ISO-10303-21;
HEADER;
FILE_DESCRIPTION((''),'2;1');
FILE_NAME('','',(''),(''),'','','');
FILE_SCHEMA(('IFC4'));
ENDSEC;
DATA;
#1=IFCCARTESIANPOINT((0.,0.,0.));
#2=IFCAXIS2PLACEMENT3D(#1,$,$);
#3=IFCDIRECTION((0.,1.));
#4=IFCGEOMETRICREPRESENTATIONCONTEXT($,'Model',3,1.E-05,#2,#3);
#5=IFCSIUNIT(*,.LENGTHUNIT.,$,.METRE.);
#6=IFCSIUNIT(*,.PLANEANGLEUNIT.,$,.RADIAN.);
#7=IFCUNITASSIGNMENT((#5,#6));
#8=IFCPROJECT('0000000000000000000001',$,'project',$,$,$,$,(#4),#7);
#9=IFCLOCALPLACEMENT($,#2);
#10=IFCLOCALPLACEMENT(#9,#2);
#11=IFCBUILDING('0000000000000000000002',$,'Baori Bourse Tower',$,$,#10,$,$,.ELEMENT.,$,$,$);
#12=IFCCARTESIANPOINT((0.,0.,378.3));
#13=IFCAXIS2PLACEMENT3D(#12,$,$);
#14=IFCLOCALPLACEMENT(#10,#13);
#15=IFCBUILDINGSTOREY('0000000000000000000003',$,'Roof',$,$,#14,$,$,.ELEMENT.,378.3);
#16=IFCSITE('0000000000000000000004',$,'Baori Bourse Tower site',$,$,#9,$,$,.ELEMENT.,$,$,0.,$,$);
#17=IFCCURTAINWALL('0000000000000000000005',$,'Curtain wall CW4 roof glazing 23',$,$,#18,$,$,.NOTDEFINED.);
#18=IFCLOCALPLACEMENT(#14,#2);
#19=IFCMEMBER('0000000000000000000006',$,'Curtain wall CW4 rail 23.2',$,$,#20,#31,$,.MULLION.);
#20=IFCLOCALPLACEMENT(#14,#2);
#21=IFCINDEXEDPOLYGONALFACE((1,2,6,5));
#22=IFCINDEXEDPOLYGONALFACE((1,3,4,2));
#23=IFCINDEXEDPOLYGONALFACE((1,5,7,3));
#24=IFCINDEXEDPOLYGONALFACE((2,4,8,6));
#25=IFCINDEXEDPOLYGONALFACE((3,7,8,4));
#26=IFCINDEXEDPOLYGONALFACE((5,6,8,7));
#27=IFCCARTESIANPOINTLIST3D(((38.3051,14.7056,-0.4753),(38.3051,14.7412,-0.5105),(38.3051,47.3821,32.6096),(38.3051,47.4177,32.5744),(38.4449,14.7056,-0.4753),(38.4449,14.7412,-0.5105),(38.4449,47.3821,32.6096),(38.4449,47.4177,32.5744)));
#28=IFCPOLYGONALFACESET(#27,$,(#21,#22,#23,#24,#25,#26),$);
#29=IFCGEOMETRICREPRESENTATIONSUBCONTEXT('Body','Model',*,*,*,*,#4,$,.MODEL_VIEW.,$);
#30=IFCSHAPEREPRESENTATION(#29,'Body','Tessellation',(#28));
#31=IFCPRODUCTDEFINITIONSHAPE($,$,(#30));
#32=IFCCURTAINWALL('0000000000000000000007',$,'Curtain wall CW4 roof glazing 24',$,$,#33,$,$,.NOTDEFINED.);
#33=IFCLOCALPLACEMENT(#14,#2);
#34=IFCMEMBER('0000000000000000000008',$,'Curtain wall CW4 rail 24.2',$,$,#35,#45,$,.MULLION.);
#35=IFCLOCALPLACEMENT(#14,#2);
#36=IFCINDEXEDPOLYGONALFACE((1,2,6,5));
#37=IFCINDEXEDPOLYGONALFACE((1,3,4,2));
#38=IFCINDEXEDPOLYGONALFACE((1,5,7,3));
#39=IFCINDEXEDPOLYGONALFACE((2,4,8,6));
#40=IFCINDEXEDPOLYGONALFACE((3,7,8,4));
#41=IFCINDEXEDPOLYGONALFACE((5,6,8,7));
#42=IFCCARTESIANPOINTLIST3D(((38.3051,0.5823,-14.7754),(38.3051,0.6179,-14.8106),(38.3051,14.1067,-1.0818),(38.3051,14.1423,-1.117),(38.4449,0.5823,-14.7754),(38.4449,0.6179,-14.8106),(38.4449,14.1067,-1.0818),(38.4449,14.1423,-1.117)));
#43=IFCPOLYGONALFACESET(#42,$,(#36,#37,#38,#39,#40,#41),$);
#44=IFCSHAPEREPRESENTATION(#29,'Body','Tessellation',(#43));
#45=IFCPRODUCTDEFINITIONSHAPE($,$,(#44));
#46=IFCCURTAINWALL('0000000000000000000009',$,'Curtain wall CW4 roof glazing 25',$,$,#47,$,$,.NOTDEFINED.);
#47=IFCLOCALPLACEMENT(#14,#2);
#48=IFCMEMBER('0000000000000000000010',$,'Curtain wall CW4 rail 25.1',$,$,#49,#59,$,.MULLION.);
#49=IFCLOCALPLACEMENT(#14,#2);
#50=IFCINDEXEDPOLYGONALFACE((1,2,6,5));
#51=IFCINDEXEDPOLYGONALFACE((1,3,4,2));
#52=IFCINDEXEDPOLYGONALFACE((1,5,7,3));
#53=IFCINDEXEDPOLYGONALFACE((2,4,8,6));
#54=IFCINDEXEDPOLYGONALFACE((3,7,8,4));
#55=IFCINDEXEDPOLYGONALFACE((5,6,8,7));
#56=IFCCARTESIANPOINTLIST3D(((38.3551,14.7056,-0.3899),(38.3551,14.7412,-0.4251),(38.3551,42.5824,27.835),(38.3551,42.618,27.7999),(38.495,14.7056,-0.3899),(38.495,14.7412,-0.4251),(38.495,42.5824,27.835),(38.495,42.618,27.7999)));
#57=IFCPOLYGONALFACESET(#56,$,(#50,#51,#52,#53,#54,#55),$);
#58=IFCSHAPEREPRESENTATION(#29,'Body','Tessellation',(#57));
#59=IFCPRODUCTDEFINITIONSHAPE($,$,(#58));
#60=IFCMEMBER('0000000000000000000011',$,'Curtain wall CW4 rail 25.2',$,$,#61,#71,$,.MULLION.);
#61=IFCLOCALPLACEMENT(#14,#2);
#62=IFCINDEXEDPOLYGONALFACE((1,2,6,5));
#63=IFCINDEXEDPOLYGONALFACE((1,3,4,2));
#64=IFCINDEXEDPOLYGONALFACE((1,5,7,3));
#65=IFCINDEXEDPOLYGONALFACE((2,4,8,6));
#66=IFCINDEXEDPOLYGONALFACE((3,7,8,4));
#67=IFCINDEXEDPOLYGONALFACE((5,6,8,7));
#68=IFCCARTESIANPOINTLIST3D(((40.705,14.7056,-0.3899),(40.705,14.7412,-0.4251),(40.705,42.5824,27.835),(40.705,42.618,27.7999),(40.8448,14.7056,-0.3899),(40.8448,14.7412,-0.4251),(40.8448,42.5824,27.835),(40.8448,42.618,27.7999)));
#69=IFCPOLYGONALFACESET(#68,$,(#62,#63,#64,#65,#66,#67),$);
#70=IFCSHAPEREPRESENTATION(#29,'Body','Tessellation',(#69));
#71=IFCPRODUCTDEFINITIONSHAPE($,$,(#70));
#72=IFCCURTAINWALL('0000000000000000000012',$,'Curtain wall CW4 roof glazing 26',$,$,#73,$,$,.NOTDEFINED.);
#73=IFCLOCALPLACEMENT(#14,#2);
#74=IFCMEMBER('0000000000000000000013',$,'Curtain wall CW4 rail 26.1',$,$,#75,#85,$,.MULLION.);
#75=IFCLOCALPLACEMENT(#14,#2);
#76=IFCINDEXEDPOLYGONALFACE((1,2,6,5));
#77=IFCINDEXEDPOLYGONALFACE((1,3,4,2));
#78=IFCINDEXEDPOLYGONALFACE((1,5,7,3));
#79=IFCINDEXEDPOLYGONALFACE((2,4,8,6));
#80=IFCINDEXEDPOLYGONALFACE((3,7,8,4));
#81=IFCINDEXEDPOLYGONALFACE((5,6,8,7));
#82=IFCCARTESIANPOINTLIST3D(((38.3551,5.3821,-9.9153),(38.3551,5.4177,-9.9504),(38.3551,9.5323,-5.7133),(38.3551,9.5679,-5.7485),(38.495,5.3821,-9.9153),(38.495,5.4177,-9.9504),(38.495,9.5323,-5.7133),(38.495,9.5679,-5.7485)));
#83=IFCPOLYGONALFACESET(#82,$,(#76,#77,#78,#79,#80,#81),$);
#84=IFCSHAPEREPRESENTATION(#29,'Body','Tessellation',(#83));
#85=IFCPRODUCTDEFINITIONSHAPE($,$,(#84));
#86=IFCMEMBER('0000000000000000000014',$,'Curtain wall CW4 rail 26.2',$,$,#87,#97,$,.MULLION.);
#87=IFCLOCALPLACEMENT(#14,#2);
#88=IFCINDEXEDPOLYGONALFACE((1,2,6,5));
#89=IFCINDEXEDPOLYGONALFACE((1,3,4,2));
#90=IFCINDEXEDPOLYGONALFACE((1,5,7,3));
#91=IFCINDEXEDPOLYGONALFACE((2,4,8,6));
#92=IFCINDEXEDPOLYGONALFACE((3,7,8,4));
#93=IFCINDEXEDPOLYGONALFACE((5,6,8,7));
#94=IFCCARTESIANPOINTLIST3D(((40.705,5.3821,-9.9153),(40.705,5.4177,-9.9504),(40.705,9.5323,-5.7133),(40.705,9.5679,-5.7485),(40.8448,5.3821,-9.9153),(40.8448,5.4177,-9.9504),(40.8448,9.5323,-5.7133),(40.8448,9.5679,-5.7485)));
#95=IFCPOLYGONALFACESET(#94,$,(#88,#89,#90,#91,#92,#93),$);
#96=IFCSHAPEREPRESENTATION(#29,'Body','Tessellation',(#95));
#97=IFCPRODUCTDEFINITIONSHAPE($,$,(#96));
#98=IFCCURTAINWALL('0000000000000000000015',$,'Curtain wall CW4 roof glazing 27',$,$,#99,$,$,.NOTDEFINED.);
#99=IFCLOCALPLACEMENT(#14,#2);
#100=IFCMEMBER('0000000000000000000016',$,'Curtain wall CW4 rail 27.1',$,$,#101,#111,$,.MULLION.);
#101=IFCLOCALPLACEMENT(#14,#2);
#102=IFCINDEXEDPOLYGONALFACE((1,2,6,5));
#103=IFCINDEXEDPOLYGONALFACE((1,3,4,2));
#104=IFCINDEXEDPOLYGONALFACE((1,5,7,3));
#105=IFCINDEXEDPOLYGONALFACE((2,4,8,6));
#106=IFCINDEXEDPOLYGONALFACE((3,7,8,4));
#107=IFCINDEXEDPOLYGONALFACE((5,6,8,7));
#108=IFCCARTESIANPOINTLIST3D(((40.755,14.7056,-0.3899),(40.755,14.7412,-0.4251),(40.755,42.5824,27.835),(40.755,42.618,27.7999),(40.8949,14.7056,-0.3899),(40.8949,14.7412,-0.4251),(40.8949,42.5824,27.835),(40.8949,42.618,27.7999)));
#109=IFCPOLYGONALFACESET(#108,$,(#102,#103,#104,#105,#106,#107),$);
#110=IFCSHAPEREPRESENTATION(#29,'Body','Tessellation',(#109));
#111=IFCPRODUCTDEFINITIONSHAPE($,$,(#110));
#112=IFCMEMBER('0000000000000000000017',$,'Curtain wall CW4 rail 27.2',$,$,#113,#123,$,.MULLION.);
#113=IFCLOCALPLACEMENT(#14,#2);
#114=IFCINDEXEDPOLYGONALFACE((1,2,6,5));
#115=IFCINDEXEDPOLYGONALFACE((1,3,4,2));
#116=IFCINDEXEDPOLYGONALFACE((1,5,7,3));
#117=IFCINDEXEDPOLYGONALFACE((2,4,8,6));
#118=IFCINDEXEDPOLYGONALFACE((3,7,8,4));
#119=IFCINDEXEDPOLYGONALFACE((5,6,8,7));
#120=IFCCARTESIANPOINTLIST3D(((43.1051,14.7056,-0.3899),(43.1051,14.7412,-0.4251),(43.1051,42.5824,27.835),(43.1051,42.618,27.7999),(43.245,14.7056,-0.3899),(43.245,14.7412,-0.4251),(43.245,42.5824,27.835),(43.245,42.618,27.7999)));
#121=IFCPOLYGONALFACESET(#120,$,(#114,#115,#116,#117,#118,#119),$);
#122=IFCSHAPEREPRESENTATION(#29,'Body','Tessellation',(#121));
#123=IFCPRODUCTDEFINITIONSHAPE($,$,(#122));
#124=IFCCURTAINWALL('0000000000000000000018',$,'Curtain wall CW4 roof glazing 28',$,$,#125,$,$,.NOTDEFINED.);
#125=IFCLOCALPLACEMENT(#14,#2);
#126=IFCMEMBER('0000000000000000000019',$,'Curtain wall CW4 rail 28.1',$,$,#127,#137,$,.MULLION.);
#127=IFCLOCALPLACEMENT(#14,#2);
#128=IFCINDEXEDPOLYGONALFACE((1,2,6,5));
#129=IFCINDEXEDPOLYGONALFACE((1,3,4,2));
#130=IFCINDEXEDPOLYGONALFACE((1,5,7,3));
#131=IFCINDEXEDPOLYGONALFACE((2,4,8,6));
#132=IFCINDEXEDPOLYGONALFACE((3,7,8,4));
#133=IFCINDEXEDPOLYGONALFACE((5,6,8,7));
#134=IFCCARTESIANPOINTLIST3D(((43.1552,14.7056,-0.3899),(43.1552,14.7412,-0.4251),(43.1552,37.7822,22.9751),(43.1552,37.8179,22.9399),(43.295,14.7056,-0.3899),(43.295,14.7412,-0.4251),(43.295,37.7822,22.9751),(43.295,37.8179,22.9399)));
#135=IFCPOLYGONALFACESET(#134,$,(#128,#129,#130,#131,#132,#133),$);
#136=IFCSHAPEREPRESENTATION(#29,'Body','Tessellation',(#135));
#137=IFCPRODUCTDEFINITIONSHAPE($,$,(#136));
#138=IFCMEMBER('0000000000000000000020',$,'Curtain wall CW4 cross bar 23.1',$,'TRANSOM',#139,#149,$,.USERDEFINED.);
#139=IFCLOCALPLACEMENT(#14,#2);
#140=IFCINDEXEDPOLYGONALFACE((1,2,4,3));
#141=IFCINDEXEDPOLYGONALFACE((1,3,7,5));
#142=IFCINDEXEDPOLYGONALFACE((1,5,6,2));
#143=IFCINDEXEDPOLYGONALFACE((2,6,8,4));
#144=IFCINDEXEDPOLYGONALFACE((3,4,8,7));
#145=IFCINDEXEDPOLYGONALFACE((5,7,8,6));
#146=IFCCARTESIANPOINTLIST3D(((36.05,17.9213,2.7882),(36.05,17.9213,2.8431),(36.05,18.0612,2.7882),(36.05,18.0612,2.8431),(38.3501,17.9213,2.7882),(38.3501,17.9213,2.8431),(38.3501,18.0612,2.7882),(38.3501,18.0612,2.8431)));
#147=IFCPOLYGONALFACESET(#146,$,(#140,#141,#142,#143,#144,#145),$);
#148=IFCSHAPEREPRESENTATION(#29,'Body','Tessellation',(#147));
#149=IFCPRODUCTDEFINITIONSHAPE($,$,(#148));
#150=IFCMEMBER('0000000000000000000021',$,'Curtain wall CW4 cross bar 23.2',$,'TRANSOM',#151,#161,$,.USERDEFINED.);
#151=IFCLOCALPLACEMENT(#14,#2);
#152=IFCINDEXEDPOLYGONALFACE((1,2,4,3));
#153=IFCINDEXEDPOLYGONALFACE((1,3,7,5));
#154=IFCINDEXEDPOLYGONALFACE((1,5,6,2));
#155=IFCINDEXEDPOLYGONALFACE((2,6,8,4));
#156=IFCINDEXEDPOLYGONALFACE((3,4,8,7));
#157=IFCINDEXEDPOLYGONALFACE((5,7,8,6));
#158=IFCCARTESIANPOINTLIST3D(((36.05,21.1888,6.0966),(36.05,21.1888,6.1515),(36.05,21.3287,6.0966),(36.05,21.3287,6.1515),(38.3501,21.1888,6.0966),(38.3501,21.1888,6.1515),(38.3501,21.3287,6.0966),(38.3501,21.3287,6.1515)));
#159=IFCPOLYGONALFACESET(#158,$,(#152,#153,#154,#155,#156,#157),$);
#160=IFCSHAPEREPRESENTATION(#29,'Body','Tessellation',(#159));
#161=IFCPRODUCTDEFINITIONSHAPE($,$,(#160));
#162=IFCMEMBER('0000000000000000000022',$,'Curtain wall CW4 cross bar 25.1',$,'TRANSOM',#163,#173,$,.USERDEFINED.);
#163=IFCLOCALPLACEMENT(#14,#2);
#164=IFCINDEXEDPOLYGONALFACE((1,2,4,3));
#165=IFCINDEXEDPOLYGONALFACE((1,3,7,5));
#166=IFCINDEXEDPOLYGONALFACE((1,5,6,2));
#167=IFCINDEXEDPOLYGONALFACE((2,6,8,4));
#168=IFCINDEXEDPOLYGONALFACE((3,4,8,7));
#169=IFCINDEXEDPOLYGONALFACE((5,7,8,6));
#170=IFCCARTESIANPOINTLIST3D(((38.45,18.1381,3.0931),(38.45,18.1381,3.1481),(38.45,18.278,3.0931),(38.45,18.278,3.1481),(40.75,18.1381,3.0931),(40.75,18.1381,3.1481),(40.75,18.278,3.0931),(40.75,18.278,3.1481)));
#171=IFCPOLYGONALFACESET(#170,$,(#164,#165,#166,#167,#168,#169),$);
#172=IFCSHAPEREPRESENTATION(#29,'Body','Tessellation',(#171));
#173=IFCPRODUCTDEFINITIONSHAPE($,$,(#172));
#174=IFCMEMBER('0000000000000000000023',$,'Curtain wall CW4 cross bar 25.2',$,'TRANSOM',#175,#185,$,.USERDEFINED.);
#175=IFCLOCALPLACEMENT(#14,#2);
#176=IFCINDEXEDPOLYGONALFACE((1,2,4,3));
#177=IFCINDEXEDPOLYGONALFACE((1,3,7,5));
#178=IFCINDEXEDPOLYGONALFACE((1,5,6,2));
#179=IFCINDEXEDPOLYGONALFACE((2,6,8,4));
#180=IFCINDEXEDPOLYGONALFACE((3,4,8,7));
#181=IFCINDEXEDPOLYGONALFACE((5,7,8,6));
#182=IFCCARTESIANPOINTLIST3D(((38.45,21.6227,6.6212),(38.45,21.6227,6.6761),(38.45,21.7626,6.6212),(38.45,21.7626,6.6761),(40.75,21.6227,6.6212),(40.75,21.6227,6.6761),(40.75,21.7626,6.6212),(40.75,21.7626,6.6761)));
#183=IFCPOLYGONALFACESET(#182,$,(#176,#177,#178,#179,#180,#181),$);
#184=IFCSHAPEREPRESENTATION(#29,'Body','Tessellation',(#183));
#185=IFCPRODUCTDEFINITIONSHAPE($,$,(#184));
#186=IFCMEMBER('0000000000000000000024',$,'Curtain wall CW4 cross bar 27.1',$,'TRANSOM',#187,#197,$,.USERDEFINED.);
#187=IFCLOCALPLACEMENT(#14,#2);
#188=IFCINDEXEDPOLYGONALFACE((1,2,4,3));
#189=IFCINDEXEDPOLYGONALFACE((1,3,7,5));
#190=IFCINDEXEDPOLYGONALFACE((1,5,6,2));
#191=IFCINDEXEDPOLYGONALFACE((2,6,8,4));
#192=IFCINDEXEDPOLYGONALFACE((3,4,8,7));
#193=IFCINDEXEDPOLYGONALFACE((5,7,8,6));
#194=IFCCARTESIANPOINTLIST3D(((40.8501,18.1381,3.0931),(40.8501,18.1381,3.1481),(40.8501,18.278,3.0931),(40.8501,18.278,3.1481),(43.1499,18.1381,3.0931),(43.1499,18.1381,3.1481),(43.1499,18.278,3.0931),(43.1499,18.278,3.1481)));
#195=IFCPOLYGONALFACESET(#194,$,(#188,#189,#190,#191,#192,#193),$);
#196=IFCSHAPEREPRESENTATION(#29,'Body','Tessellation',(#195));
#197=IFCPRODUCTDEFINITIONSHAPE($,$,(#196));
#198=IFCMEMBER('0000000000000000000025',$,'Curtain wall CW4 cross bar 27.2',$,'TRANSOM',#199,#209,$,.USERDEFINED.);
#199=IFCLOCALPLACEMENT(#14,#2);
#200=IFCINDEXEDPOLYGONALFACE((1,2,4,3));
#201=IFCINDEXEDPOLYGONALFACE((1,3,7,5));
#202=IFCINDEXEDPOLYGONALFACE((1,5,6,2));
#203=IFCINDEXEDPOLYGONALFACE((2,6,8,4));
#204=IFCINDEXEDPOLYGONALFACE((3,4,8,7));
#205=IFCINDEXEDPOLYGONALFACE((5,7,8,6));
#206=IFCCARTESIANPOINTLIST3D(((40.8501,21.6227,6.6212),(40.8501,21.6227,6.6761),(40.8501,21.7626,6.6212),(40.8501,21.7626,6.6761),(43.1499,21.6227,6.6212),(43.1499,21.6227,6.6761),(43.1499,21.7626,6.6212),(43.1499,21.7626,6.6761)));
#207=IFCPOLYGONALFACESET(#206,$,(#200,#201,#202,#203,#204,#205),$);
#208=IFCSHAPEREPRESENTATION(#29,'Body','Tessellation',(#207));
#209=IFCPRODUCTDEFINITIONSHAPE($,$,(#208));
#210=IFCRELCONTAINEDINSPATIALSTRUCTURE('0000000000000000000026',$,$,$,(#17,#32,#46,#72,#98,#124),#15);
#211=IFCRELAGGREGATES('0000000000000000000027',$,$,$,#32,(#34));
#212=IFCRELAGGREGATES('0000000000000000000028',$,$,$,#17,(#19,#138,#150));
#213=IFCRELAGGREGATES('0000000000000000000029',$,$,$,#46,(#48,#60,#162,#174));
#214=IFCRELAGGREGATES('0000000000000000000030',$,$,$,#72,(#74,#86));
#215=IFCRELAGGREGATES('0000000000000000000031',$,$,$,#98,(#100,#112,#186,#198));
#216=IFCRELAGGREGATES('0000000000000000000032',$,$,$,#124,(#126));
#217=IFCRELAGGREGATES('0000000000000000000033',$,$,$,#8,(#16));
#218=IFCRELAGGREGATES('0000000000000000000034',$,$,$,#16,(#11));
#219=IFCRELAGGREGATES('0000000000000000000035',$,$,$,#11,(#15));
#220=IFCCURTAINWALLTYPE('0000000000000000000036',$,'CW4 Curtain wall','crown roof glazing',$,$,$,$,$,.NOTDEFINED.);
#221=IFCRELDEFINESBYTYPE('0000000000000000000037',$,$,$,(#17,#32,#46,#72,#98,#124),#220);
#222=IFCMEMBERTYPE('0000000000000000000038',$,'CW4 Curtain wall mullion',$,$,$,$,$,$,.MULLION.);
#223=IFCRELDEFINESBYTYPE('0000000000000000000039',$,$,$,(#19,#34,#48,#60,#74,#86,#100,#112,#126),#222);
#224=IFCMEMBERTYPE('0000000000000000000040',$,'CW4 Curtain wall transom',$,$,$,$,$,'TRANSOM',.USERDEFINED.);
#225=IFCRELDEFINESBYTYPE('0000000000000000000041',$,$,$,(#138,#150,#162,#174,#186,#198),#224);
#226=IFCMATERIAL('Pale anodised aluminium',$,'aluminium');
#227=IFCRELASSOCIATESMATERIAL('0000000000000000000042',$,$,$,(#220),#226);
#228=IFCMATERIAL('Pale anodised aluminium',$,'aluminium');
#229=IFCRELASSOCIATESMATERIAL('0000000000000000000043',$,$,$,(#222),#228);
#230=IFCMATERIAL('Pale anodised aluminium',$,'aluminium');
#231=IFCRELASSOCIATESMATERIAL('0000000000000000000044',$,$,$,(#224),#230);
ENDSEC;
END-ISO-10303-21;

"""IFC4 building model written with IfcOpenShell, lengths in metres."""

from ifc_helpers import new_model, si_unit, direction, frame, origin, origin_2d, place, context, subcontext, project, spatial, rectangle, extrude, material, material_profile, profile_set, type_object, element, aggregate, save


model = new_model("IFC4")

# Units and contexts
model_context = context("Model", 3, precision=1e-05, world=origin(), true_north=direction((0.0, 1.0)))
body_context = subcontext(model_context, "Body", "Model", "MODEL_VIEW")
ifc_project = project(units=[si_unit("LENGTHUNIT", "METRE"), si_unit("PLANEANGLEUNIT", "RADIAN")], contexts=[model_context])

# Site, building, storey
site_placement = place(None, origin())
site = spatial("IfcSite", under=ifc_project, at=site_placement, Name="Baori Bourse Tower site", CompositionType="ELEMENT", RefElevation=0.0)
building_placement = place(site_placement, origin())
building = spatial("IfcBuilding", under=site, at=building_placement, Name="Baori Bourse Tower", CompositionType="ELEMENT")
storey_placement = place(building_placement, frame((0.0, 0.0, 378.3)))
storey = spatial("IfcBuildingStorey", under=building, at=storey_placement, Name="Roof", CompositionType="ELEMENT", Elevation=378.3)

# Curtain walls, members
ifc_material_1 = material(Name="Pale anodised aluminium", Category="aluminium")
curtain_wall_type = type_object("IfcCurtainWallType", Name="CW4 Curtain wall", Description="crown roof glazing", PredefinedType="NOTDEFINED", material=ifc_material_1)
curtain_wall_1_placement = place(storey_placement, origin())
curtain_wall_1 = element("IfcCurtainWall", 1, at=curtain_wall_1_placement, inside=storey, type_object=curtain_wall_type, Name="Curtain wall CW4 roof glazing 23", PredefinedType="NOTDEFINED")
ifc_material_2 = material(Name="Pale anodised aluminium", Category="aluminium")
ifc_material_profile_1 = material_profile(ifc_material_2, rectangle(XDim=0.1399, YDim=0.05, at=origin_2d()), Name="Mullion 50x140")
ifc_profile_set_1 = profile_set([ifc_material_profile_1], Name="Pale anodised aluminium")
member_type_1 = type_object("IfcMemberType", Name="CW4 Curtain wall mullion", PredefinedType="MULLION", material=ifc_profile_set_1)
member_1_placement = place(storey_placement, frame((38.375, 14.7234, -0.4929), z_axis=(0.0, 0.702701, 0.711485), x_axis=(-1.0, 0.0, 0.0)))
member_1 = element("IfcMember", 2, at=member_1_placement, type_object=member_type_1, Name="Curtain wall CW4 rail 23.2", PredefinedType="MULLION", context=body_context, shape_type="SweptSolid", body=[
    extrude(rectangle(XDim=0.1399, YDim=0.05, at=origin_2d()), origin(), (0.0, 0.0, 1.0), 46.5012),
])
curtain_wall_2_placement = place(storey_placement, origin())
curtain_wall_2 = element("IfcCurtainWall", 3, at=curtain_wall_2_placement, inside=storey, type_object=curtain_wall_type, Name="Curtain wall CW4 roof glazing 24", PredefinedType="NOTDEFINED")
member_2_placement = place(storey_placement, frame((38.375, 0.6001, -14.793), z_axis=(0.0, 0.702698, 0.711488), x_axis=(-1.0, 0.0, 0.0)))
member_2 = element("IfcMember", 4, at=member_2_placement, type_object=member_type_1, Name="Curtain wall CW4 rail 24.2", PredefinedType="MULLION", context=body_context, shape_type="SweptSolid", body=[
    extrude(rectangle(XDim=0.1399, YDim=0.05, at=origin_2d()), origin(), (0.0, 0.0, 1.0), 19.2463),
])
aggregate(curtain_wall_2, [member_2])

# Curtain walls, members
curtain_wall_3_placement = place(storey_placement, origin())
curtain_wall_3 = element("IfcCurtainWall", 5, at=curtain_wall_3_placement, inside=storey, type_object=curtain_wall_type, Name="Curtain wall CW4 roof glazing 25", PredefinedType="NOTDEFINED")
member_3_placement = place(storey_placement, frame((38.425, 14.7234, -0.4075), z_axis=(0.0, 0.702705, 0.711481), x_axis=(-1.0, 0.0, 0.0)))
member_3 = element("IfcMember", 6, at=member_3_placement, type_object=member_type_1, Name="Curtain wall CW4 rail 25.1", PredefinedType="MULLION", context=body_context, shape_type="SweptSolid", body=[
    extrude(rectangle(XDim=0.1399, YDim=0.05, at=origin_2d()), origin(), (0.0, 0.0, 1.0), 39.6707),
])
member_4_placement = place(storey_placement, frame((40.7749, 14.7234, -0.4075), z_axis=(0.0, 0.702705, 0.711481), x_axis=(-1.0, 0.0, 0.0)))
member_4 = element("IfcMember", 7, at=member_4_placement, type_object=member_type_1, Name="Curtain wall CW4 rail 25.2", PredefinedType="MULLION", context=body_context, shape_type="SweptSolid", body=[
    extrude(rectangle(XDim=0.1399, YDim=0.05, at=origin_2d()), origin(), (0.0, 0.0, 1.0), 39.6707),
])
curtain_wall_4_placement = place(storey_placement, origin())
curtain_wall_4 = element("IfcCurtainWall", 8, at=curtain_wall_4_placement, inside=storey, type_object=curtain_wall_type, Name="Curtain wall CW4 roof glazing 26", PredefinedType="NOTDEFINED")
member_5_placement = place(storey_placement, frame((38.425, 5.3999, -9.9329), z_axis=(0.0, 0.702711, 0.711475), x_axis=(-1.0, 0.0, 0.0)))
member_5 = element("IfcMember", 9, at=member_5_placement, type_object=member_type_1, Name="Curtain wall CW4 rail 26.1", PredefinedType="MULLION", context=body_context, shape_type="SweptSolid", body=[
    extrude(rectangle(XDim=0.1399, YDim=0.05, at=origin_2d()), origin(), (0.0, 0.0, 1.0), 5.906),
])
member_6_placement = place(storey_placement, frame((40.7749, 5.3999, -9.9329), z_axis=(0.0, 0.702711, 0.711475), x_axis=(-1.0, 0.0, 0.0)))
member_6 = element("IfcMember", 10, at=member_6_placement, type_object=member_type_1, Name="Curtain wall CW4 rail 26.2", PredefinedType="MULLION", context=body_context, shape_type="SweptSolid", body=[
    extrude(rectangle(XDim=0.1399, YDim=0.05, at=origin_2d()), origin(), (0.0, 0.0, 1.0), 5.906),
])
curtain_wall_5_placement = place(storey_placement, origin())
curtain_wall_5 = element("IfcCurtainWall", 11, at=curtain_wall_5_placement, inside=storey, type_object=curtain_wall_type, Name="Curtain wall CW4 roof glazing 27", PredefinedType="NOTDEFINED")
member_7_placement = place(storey_placement, frame((40.825, 14.7234, -0.4075), z_axis=(0.0, 0.702705, 0.711481), x_axis=(-1.0, 0.0, 0.0)))
member_7 = element("IfcMember", 12, at=member_7_placement, type_object=member_type_1, Name="Curtain wall CW4 rail 27.1", PredefinedType="MULLION", context=body_context, shape_type="SweptSolid", body=[
    extrude(rectangle(XDim=0.1399, YDim=0.05, at=origin_2d()), origin(), (0.0, 0.0, 1.0), 39.6707),
])
member_8_placement = place(storey_placement, frame((43.175, 14.7234, -0.4075), z_axis=(0.0, 0.702705, 0.711481), x_axis=(-1.0, 0.0, 0.0)))
member_8 = element("IfcMember", 13, at=member_8_placement, type_object=member_type_1, Name="Curtain wall CW4 rail 27.2", PredefinedType="MULLION", context=body_context, shape_type="SweptSolid", body=[
    extrude(rectangle(XDim=0.1399, YDim=0.05, at=origin_2d()), origin(), (0.0, 0.0, 1.0), 39.6707),
])

# Curtain wall, member
curtain_wall_6_placement = place(storey_placement, origin())
curtain_wall_6 = element("IfcCurtainWall", 14, at=curtain_wall_6_placement, inside=storey, type_object=curtain_wall_type, Name="Curtain wall CW4 roof glazing 28", PredefinedType="NOTDEFINED")
member_9_placement = place(storey_placement, frame((43.2251, 14.7234, -0.4075), z_axis=(0.0, 0.702703, 0.711483), x_axis=(-1.0, 0.0, 0.0)))
member_9 = element("IfcMember", 15, at=member_9_placement, type_object=member_type_1, Name="Curtain wall CW4 rail 28.1", PredefinedType="MULLION", context=body_context, shape_type="SweptSolid", body=[
    extrude(rectangle(XDim=0.1399, YDim=0.05, at=origin_2d()), origin(), (0.0, 0.0, 1.0), 32.8398),
])

# Members
ifc_material_3 = material(Name="Pale anodised aluminium", Category="aluminium")
ifc_material_profile_2 = material_profile(ifc_material_3, rectangle(XDim=0.1399, YDim=0.0549, at=origin_2d()), Name="Transom 55x140")
ifc_profile_set_2 = profile_set([ifc_material_profile_2], Name="Pale anodised aluminium")
member_type_2 = type_object("IfcMemberType", Name="CW4 Curtain wall transom", ElementType="TRANSOM", PredefinedType="USERDEFINED", material=ifc_profile_set_2)
member_10_placement = place(storey_placement, frame((36.05, 17.9912, 2.8157), z_axis=(1.0, 0.0, 0.0), x_axis=(0.0, 1.0, 0.0)))
member_10 = element("IfcMember", 16, at=member_10_placement, type_object=member_type_2, Name="Curtain wall CW4 cross bar 23.1", ObjectType="TRANSOM", PredefinedType="USERDEFINED", context=body_context, shape_type="SweptSolid", body=[
    extrude(rectangle(XDim=0.1399, YDim=0.0549, at=origin_2d()), origin(), (0.0, 0.0, 1.0), 2.3),
])
member_11_placement = place(storey_placement, frame((36.05, 21.2588, 6.124), z_axis=(1.0, 0.0, 0.0), x_axis=(0.0, 1.0, 0.0)))
member_11 = element("IfcMember", 17, at=member_11_placement, type_object=member_type_2, Name="Curtain wall CW4 cross bar 23.2", ObjectType="TRANSOM", PredefinedType="USERDEFINED", context=body_context, shape_type="SweptSolid", body=[
    extrude(rectangle(XDim=0.1399, YDim=0.0549, at=origin_2d()), origin(), (0.0, 0.0, 1.0), 2.3),
])
member_12_placement = place(storey_placement, frame((38.45, 18.208, 3.1206), z_axis=(1.0, 0.0, 0.0), x_axis=(0.0, 1.0, 0.0)))
member_12 = element("IfcMember", 18, at=member_12_placement, type_object=member_type_2, Name="Curtain wall CW4 cross bar 25.1", ObjectType="TRANSOM", PredefinedType="USERDEFINED", context=body_context, shape_type="SweptSolid", body=[
    extrude(rectangle(XDim=0.1399, YDim=0.0549, at=origin_2d()), origin(), (0.0, 0.0, 1.0), 2.3),
])
member_13_placement = place(storey_placement, frame((38.45, 21.6926, 6.6487), z_axis=(1.0, 0.0, 0.0), x_axis=(0.0, 1.0, 0.0)))
member_13 = element("IfcMember", 19, at=member_13_placement, type_object=member_type_2, Name="Curtain wall CW4 cross bar 25.2", ObjectType="TRANSOM", PredefinedType="USERDEFINED", context=body_context, shape_type="SweptSolid", body=[
    extrude(rectangle(XDim=0.1399, YDim=0.0549, at=origin_2d()), origin(), (0.0, 0.0, 1.0), 2.3),
])
member_14_placement = place(storey_placement, frame((40.8501, 18.208, 3.1206), z_axis=(1.0, 0.0, 0.0), x_axis=(0.0, 1.0, 0.0)))
member_14 = element("IfcMember", 20, at=member_14_placement, type_object=member_type_2, Name="Curtain wall CW4 cross bar 27.1", ObjectType="TRANSOM", PredefinedType="USERDEFINED", context=body_context, shape_type="SweptSolid", body=[
    extrude(rectangle(XDim=0.1399, YDim=0.0549, at=origin_2d()), origin(), (0.0, 0.0, 1.0), 2.2998),
])
member_15_placement = place(storey_placement, frame((40.8501, 21.6926, 6.6487), z_axis=(1.0, 0.0, 0.0), x_axis=(0.0, 1.0, 0.0)))
member_15 = element("IfcMember", 21, at=member_15_placement, type_object=member_type_2, Name="Curtain wall CW4 cross bar 27.2", ObjectType="TRANSOM", PredefinedType="USERDEFINED", context=body_context, shape_type="SweptSolid", body=[
    extrude(rectangle(XDim=0.1399, YDim=0.0549, at=origin_2d()), origin(), (0.0, 0.0, 1.0), 2.2998),
])

aggregate(curtain_wall_1, [member_1, member_10, member_11])
aggregate(curtain_wall_3, [member_3, member_4, member_12, member_13])
aggregate(curtain_wall_4, [member_5, member_6])
aggregate(curtain_wall_5, [member_7, member_8, member_14, member_15])
aggregate(curtain_wall_6, [member_9])

save(model, "model.ifc")
